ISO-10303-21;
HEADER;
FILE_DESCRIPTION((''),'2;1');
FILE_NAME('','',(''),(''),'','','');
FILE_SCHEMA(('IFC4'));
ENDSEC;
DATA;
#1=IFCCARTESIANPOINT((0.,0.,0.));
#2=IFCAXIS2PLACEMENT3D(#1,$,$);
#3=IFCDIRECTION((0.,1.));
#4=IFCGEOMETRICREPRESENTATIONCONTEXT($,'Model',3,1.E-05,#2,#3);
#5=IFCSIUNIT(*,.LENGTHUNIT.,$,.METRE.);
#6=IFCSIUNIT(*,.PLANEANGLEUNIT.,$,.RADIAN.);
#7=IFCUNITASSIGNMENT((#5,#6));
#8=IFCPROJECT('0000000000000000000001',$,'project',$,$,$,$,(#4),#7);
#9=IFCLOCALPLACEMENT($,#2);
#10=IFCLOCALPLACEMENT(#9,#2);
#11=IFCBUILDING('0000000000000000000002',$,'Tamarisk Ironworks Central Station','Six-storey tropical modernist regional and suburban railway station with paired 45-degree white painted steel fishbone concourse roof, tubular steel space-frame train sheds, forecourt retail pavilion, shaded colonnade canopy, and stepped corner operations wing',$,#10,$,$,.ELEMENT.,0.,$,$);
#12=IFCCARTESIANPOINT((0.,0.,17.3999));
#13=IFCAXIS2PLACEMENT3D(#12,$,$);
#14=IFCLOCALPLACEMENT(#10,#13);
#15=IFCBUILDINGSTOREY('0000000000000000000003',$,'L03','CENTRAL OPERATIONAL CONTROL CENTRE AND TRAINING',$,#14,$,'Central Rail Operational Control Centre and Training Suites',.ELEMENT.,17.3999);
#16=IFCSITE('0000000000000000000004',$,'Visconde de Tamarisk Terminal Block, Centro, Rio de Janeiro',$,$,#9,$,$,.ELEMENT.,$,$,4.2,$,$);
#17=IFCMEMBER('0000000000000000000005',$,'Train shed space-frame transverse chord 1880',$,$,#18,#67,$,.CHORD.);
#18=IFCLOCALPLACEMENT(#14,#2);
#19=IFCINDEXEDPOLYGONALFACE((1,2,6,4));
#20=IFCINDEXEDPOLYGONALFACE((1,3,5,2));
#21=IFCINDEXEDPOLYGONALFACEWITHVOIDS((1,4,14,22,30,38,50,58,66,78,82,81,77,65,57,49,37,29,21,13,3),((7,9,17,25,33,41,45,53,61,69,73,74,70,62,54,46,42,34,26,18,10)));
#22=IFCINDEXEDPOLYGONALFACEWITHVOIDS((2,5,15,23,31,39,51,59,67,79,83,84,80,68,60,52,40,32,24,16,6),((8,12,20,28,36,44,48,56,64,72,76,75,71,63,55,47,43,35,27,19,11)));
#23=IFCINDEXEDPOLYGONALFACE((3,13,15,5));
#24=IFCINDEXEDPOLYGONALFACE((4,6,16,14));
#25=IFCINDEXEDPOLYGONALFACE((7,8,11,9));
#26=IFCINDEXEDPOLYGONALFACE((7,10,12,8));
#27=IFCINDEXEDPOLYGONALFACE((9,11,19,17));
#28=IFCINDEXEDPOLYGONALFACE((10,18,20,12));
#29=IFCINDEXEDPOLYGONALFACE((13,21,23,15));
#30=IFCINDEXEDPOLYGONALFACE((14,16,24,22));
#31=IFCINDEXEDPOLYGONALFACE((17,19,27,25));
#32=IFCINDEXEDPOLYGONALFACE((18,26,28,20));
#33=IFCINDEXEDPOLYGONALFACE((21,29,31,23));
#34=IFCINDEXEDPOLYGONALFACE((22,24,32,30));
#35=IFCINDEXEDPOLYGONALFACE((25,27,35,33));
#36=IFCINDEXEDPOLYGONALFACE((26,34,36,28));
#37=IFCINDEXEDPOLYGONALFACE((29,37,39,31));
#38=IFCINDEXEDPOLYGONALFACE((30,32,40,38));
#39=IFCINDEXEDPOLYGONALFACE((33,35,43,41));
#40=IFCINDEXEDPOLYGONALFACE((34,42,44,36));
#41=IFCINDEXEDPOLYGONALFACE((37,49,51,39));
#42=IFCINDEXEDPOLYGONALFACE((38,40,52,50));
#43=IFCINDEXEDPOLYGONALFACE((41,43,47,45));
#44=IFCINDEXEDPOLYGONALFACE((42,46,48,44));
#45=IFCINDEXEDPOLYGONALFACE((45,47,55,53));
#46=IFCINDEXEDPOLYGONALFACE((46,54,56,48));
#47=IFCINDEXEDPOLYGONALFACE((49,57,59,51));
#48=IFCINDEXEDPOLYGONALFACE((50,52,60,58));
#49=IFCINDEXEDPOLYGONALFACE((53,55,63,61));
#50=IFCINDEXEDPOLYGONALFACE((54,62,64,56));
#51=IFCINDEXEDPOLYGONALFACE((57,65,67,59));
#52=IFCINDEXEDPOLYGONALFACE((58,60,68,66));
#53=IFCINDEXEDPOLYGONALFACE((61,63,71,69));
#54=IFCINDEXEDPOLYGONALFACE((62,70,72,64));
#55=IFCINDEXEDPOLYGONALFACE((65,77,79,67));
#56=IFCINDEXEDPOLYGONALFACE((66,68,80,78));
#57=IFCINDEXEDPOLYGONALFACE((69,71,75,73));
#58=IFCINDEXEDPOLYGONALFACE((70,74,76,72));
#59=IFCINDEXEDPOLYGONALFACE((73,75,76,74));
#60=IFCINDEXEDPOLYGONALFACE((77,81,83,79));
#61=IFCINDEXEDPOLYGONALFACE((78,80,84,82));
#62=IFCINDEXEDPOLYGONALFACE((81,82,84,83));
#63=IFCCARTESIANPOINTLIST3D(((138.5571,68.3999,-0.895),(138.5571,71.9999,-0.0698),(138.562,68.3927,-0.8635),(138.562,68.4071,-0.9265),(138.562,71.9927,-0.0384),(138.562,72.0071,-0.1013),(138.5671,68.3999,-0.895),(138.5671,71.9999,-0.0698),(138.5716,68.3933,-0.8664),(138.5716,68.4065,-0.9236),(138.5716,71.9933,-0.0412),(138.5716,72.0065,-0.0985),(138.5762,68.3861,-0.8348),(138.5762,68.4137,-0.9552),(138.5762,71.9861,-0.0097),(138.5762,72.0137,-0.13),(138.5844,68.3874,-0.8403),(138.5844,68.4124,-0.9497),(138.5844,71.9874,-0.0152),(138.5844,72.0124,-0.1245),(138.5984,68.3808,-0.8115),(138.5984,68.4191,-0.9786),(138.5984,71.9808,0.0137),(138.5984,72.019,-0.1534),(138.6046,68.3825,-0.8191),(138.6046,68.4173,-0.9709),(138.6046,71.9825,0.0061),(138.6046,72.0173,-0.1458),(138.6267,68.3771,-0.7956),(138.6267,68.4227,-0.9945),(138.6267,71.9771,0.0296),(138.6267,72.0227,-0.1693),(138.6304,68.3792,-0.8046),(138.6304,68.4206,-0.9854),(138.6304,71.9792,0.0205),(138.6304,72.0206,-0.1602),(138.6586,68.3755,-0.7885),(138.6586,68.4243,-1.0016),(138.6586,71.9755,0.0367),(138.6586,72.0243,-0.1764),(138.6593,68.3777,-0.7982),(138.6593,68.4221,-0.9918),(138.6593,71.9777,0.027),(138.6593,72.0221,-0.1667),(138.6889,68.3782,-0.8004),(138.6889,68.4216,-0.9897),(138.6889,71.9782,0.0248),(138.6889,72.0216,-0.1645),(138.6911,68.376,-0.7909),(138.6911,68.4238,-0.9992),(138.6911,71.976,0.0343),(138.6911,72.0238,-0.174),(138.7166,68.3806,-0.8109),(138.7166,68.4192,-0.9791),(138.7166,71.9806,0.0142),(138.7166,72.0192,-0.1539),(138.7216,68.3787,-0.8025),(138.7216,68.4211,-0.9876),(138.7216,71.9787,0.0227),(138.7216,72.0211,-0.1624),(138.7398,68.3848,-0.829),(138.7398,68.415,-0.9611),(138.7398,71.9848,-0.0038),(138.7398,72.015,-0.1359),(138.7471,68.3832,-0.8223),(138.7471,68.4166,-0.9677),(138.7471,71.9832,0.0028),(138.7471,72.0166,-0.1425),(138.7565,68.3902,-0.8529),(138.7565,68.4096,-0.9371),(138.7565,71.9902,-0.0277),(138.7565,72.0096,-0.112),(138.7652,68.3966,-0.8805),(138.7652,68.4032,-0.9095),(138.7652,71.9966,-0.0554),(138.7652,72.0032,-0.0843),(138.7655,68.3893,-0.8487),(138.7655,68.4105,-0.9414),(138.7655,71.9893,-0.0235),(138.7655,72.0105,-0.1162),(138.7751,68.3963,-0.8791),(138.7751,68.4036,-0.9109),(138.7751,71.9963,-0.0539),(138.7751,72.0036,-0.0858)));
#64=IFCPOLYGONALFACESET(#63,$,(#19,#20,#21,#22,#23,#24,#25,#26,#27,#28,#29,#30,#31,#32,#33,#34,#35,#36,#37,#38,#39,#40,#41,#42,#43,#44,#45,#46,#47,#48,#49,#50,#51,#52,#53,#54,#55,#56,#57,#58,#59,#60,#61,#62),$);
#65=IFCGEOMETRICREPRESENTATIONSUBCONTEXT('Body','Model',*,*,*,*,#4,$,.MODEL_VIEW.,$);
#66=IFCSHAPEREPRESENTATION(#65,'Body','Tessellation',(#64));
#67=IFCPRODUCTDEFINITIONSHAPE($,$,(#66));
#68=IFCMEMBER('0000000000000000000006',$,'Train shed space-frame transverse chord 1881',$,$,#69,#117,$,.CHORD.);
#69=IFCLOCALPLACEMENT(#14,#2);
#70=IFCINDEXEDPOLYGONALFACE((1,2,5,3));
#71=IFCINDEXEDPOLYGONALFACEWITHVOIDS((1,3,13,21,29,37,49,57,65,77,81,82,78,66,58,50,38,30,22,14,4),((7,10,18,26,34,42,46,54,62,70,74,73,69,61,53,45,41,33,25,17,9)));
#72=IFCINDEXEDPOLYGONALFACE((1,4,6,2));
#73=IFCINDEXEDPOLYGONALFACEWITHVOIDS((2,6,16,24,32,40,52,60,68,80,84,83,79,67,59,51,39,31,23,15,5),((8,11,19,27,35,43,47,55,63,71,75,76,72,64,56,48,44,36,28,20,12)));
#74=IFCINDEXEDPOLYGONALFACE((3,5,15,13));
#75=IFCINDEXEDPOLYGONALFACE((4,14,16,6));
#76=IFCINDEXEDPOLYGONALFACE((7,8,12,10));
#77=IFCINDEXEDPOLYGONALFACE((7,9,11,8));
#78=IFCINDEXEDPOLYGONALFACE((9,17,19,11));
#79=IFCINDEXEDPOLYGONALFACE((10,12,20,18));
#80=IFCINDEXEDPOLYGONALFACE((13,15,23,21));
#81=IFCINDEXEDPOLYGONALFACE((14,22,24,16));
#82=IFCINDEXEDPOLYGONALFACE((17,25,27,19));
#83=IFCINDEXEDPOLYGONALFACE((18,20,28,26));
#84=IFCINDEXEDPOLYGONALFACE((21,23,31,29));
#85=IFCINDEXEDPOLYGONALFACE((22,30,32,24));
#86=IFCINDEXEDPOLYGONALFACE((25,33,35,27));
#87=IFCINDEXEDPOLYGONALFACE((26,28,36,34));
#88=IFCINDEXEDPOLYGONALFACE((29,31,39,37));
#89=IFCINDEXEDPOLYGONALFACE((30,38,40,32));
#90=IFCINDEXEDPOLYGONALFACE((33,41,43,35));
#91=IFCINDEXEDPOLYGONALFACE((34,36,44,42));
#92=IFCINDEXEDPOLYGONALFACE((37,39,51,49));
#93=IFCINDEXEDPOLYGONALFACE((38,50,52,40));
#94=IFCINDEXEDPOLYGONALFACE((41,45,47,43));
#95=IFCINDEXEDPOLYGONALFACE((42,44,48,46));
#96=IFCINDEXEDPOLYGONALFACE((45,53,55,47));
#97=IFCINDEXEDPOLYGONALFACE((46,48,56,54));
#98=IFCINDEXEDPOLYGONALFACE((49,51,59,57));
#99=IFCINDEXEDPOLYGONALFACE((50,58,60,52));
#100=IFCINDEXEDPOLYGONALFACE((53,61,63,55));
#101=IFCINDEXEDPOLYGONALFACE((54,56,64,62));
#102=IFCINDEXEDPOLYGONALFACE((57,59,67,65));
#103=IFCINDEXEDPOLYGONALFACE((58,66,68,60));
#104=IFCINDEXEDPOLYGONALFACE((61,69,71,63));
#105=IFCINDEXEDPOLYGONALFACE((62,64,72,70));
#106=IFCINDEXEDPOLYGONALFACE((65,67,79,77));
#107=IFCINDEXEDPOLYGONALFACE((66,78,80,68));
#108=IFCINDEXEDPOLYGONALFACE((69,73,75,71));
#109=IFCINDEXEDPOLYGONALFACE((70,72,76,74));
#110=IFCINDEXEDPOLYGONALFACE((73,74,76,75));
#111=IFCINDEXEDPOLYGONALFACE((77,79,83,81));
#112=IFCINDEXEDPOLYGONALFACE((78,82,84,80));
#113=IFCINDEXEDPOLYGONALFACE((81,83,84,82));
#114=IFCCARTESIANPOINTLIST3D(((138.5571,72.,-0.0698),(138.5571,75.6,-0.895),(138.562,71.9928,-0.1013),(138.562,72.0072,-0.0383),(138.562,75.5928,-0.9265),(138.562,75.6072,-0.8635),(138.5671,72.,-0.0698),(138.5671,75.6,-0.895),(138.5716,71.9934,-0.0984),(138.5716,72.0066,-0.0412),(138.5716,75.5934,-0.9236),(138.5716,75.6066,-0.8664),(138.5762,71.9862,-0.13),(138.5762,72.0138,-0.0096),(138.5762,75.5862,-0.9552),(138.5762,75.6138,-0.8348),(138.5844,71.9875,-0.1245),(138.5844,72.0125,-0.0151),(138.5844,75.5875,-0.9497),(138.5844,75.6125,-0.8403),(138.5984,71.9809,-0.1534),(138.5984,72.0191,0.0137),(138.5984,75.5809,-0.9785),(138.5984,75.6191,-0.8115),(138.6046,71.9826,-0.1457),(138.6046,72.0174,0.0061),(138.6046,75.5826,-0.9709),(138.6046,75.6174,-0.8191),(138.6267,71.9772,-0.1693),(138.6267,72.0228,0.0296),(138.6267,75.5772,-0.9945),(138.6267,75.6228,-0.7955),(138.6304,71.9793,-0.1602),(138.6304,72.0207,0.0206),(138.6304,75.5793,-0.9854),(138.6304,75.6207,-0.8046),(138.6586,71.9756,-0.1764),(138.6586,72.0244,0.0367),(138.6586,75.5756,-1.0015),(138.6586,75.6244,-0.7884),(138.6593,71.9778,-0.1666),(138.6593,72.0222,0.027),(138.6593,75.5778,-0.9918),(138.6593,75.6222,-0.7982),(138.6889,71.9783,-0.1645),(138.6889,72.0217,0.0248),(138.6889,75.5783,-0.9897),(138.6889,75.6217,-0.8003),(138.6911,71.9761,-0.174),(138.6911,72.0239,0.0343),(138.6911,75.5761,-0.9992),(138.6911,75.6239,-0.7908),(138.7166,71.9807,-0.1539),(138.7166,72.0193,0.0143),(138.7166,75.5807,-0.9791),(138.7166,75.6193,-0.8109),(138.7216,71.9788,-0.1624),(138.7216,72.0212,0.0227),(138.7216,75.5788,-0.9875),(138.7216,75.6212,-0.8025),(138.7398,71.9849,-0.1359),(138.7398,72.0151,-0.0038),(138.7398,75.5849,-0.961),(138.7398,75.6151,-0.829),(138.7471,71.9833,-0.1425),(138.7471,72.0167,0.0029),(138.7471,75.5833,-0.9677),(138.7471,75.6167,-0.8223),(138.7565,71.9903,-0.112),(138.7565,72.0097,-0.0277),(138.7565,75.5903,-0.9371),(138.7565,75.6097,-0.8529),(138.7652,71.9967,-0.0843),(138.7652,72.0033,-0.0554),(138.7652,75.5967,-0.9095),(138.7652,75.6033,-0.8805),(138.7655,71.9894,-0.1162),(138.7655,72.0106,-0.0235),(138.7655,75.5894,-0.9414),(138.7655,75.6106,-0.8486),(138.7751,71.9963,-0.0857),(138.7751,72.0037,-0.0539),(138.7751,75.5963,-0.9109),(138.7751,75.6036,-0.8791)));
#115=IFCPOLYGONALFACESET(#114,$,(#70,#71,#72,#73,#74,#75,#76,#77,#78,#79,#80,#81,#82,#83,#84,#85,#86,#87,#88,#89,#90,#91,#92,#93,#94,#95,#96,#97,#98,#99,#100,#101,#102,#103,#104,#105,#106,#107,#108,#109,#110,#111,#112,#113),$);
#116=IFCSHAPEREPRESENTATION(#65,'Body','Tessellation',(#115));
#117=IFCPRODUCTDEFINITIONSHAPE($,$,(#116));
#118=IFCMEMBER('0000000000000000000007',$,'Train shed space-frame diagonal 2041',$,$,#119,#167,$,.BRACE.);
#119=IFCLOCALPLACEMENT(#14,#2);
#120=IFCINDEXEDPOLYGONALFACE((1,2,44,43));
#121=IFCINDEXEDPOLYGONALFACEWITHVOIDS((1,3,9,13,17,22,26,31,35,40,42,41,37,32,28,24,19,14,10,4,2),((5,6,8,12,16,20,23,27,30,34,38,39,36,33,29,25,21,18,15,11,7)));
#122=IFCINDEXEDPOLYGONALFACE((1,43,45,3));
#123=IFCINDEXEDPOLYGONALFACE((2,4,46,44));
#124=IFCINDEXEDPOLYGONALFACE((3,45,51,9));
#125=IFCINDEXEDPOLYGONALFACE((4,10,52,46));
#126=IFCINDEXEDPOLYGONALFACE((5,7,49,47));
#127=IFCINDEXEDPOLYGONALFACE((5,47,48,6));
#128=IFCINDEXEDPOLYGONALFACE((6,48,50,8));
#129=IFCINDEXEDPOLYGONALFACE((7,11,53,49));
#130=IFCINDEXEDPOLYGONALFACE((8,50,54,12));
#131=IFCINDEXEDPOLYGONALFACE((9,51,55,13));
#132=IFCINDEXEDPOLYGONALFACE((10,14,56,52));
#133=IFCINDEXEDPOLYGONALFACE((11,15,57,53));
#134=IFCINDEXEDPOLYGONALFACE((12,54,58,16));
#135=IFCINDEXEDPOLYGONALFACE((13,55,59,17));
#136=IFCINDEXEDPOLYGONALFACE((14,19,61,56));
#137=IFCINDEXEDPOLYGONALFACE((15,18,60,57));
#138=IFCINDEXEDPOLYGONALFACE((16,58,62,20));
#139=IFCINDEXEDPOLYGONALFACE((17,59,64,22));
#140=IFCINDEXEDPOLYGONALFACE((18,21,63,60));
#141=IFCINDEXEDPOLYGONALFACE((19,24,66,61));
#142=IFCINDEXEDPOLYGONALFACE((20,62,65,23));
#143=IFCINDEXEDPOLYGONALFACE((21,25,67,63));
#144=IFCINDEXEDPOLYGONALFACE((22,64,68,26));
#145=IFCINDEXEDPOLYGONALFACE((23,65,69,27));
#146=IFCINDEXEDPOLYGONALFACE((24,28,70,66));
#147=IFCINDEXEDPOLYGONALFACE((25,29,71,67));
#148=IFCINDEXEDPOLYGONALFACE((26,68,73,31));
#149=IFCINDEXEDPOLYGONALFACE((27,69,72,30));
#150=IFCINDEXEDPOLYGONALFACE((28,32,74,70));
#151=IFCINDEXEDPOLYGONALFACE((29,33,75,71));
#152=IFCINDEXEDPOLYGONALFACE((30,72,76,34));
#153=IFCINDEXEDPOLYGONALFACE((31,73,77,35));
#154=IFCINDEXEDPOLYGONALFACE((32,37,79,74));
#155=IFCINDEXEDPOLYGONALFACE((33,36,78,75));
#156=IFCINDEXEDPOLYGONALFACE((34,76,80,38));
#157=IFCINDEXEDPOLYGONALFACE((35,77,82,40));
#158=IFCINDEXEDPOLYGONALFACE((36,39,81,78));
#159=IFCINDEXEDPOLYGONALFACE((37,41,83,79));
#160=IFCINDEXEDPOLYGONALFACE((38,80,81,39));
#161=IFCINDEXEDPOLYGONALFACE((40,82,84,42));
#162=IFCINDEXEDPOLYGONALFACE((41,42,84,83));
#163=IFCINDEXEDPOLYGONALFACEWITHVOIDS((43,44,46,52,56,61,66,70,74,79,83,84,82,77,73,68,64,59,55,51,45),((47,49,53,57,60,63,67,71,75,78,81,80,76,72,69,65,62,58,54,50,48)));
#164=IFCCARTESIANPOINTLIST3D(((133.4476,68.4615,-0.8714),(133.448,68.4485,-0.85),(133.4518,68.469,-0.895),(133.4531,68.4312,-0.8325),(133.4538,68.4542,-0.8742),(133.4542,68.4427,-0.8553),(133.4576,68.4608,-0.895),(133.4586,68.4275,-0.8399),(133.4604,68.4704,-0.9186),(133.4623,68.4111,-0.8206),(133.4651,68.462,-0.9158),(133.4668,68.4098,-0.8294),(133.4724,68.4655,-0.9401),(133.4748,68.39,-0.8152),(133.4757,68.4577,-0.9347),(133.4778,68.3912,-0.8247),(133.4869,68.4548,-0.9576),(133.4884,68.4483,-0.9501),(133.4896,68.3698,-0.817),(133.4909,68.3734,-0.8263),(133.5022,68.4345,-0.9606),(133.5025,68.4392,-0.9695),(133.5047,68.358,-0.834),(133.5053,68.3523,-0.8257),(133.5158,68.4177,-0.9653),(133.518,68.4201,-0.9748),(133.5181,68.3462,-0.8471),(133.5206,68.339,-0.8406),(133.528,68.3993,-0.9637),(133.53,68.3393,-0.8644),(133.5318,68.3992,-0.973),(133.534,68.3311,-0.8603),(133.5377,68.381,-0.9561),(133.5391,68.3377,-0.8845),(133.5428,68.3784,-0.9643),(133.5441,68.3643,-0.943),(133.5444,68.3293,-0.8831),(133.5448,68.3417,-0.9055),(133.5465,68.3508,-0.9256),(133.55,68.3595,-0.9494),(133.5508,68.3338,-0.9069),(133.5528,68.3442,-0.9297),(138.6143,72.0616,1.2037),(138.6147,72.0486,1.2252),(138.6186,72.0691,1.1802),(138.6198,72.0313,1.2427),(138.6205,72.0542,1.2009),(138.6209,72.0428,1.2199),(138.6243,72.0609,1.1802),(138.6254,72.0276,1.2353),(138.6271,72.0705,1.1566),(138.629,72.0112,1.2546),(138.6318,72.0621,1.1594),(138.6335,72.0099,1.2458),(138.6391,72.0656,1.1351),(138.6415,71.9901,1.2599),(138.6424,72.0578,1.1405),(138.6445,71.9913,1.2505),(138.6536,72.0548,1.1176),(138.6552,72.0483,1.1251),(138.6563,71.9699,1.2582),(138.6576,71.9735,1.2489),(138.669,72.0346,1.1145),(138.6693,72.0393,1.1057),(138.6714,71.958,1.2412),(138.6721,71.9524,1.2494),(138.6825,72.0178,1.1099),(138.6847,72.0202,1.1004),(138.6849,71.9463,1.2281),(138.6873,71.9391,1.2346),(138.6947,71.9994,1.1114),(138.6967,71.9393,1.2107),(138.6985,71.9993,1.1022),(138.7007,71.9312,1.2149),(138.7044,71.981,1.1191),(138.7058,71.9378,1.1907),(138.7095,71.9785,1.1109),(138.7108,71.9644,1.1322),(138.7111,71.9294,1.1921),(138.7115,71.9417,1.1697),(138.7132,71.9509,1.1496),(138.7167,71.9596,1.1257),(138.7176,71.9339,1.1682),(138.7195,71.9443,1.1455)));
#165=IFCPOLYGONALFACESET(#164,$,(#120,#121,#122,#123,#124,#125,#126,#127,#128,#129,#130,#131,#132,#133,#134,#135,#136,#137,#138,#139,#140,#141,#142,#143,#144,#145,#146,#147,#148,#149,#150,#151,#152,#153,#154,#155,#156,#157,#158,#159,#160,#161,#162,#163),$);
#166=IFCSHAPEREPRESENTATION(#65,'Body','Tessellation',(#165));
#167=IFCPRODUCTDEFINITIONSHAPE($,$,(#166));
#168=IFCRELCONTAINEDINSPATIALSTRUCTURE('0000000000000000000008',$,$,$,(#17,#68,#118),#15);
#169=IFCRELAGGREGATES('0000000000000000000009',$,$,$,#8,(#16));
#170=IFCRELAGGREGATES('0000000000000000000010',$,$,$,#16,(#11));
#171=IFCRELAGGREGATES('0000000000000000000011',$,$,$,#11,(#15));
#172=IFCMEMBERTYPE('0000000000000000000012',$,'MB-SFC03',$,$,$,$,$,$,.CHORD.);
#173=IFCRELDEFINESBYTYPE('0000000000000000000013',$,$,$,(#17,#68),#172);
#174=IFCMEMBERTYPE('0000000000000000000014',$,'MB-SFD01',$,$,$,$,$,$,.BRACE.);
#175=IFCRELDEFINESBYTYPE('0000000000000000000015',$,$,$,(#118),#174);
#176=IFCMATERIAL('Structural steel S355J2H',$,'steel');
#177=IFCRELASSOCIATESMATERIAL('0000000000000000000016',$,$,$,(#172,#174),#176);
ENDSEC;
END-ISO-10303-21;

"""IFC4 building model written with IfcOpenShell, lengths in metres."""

from ifc_helpers import new_model, si_unit, direction, frame, origin, origin_2d, place, context, subcontext, project, spatial, hollow_circle, extrude, material, material_profile, profile_set, type_object, element, save


model = new_model("IFC4")

# Units and contexts
model_context = context("Model", 3, precision=1e-05, world=origin(), true_north=direction((0.0, 1.0)))
body_context = subcontext(model_context, "Body", "Model", "MODEL_VIEW")
ifc_project = project(units=[si_unit("LENGTHUNIT", "METRE"), si_unit("PLANEANGLEUNIT", "RADIAN")], contexts=[model_context])

# Site, building, storey
site_placement = place(None, origin())
site = spatial("IfcSite", under=ifc_project, at=site_placement, Name="Visconde de Tamarisk Terminal Block, Centro, Rio de Janeiro", CompositionType="ELEMENT", RefElevation=4.2)
building_placement = place(site_placement, origin())
building = spatial("IfcBuilding", under=site, at=building_placement, Name="Tamarisk Ironworks Central Station", Description="Six-storey tropical modernist regional and suburban railway station with paired 45-degree white painted steel fishbone concourse roof, tubular steel space-frame train sheds, forecourt retail pavilion, shaded colonnade canopy, and stepped corner operations wing", CompositionType="ELEMENT", ElevationOfRefHeight=0.0)
storey_placement = place(building_placement, frame((0.0, 0.0, 17.3999)))
storey = spatial("IfcBuildingStorey", under=building, at=storey_placement, Name="L03", Description="CENTRAL OPERATIONAL CONTROL CENTRE AND TRAINING", LongName="Central Rail Operational Control Centre and Training Suites", CompositionType="ELEMENT", Elevation=17.3999)

# Members
ifc_material = material(Name="Structural steel S355J2H", Category="steel")
ifc_material_profile_1 = material_profile(ifc_material, hollow_circle(Radius=0.1096, WallThickness=0.01, at=origin_2d()), Name="CHS 219.1x10")
ifc_profile_set_1 = profile_set([ifc_material_profile_1], Name="Structural steel S355J2H")
member_type_1 = type_object("IfcMemberType", Name="MB-SFC03", PredefinedType="CHORD", material=ifc_profile_set_1)
for number, where, z_axis, x_axis, name in (
    (1, (138.6667, 68.3999, -0.895), (0.0, 0.974722, 0.223421), (-1.0, 0.0, 0.0), "Train shed space-frame transverse chord 1880"),
    (2, (138.6667, 72.0, -0.0698), (0.0, 0.974722, -0.223421), (-1.0, 0.0, 0.0), "Train shed space-frame transverse chord 1881"),
):
    element("IfcMember", number, at=place(storey_placement, frame(where, z_axis=z_axis, x_axis=x_axis)), inside=storey, type_object=member_type_1, Name=name, PredefinedType="CHORD", context=body_context, shape_type="SweptSolid", body=[
        extrude(hollow_circle(Radius=0.1096, WallThickness=0.01, at=origin_2d()), origin(), (0.0, 0.0, 1.0), 3.6934),
    ])
ifc_material_profile_2 = material_profile(ifc_material, hollow_circle(Radius=0.0842, WallThickness=0.01, at=origin_2d()), Name="CHS 168.3x10")
ifc_profile_set_2 = profile_set([ifc_material_profile_2], Name="Structural steel S355J2H")
member_type_2 = type_object("IfcMemberType", Name="MB-SFD01", PredefinedType="BRACE", material=ifc_profile_set_2)
member_1_placement = place(storey_placement, frame((133.5, 68.3999, -0.895), z_axis=(0.779249, 0.542967, 0.312981), x_axis=(-0.571689, 0.82047, 0.0)))
element("IfcMember", 3, at=member_1_placement, inside=storey, type_object=member_type_2, Name="Train shed space-frame diagonal 2041", PredefinedType="BRACE", context=body_context, shape_type="SweptSolid", body=[
    extrude(hollow_circle(Radius=0.0842, WallThickness=0.01, at=origin_2d()), origin(), (0.0, 0.0, 1.0), 6.6304),
])

save(model, "model.ifc")
